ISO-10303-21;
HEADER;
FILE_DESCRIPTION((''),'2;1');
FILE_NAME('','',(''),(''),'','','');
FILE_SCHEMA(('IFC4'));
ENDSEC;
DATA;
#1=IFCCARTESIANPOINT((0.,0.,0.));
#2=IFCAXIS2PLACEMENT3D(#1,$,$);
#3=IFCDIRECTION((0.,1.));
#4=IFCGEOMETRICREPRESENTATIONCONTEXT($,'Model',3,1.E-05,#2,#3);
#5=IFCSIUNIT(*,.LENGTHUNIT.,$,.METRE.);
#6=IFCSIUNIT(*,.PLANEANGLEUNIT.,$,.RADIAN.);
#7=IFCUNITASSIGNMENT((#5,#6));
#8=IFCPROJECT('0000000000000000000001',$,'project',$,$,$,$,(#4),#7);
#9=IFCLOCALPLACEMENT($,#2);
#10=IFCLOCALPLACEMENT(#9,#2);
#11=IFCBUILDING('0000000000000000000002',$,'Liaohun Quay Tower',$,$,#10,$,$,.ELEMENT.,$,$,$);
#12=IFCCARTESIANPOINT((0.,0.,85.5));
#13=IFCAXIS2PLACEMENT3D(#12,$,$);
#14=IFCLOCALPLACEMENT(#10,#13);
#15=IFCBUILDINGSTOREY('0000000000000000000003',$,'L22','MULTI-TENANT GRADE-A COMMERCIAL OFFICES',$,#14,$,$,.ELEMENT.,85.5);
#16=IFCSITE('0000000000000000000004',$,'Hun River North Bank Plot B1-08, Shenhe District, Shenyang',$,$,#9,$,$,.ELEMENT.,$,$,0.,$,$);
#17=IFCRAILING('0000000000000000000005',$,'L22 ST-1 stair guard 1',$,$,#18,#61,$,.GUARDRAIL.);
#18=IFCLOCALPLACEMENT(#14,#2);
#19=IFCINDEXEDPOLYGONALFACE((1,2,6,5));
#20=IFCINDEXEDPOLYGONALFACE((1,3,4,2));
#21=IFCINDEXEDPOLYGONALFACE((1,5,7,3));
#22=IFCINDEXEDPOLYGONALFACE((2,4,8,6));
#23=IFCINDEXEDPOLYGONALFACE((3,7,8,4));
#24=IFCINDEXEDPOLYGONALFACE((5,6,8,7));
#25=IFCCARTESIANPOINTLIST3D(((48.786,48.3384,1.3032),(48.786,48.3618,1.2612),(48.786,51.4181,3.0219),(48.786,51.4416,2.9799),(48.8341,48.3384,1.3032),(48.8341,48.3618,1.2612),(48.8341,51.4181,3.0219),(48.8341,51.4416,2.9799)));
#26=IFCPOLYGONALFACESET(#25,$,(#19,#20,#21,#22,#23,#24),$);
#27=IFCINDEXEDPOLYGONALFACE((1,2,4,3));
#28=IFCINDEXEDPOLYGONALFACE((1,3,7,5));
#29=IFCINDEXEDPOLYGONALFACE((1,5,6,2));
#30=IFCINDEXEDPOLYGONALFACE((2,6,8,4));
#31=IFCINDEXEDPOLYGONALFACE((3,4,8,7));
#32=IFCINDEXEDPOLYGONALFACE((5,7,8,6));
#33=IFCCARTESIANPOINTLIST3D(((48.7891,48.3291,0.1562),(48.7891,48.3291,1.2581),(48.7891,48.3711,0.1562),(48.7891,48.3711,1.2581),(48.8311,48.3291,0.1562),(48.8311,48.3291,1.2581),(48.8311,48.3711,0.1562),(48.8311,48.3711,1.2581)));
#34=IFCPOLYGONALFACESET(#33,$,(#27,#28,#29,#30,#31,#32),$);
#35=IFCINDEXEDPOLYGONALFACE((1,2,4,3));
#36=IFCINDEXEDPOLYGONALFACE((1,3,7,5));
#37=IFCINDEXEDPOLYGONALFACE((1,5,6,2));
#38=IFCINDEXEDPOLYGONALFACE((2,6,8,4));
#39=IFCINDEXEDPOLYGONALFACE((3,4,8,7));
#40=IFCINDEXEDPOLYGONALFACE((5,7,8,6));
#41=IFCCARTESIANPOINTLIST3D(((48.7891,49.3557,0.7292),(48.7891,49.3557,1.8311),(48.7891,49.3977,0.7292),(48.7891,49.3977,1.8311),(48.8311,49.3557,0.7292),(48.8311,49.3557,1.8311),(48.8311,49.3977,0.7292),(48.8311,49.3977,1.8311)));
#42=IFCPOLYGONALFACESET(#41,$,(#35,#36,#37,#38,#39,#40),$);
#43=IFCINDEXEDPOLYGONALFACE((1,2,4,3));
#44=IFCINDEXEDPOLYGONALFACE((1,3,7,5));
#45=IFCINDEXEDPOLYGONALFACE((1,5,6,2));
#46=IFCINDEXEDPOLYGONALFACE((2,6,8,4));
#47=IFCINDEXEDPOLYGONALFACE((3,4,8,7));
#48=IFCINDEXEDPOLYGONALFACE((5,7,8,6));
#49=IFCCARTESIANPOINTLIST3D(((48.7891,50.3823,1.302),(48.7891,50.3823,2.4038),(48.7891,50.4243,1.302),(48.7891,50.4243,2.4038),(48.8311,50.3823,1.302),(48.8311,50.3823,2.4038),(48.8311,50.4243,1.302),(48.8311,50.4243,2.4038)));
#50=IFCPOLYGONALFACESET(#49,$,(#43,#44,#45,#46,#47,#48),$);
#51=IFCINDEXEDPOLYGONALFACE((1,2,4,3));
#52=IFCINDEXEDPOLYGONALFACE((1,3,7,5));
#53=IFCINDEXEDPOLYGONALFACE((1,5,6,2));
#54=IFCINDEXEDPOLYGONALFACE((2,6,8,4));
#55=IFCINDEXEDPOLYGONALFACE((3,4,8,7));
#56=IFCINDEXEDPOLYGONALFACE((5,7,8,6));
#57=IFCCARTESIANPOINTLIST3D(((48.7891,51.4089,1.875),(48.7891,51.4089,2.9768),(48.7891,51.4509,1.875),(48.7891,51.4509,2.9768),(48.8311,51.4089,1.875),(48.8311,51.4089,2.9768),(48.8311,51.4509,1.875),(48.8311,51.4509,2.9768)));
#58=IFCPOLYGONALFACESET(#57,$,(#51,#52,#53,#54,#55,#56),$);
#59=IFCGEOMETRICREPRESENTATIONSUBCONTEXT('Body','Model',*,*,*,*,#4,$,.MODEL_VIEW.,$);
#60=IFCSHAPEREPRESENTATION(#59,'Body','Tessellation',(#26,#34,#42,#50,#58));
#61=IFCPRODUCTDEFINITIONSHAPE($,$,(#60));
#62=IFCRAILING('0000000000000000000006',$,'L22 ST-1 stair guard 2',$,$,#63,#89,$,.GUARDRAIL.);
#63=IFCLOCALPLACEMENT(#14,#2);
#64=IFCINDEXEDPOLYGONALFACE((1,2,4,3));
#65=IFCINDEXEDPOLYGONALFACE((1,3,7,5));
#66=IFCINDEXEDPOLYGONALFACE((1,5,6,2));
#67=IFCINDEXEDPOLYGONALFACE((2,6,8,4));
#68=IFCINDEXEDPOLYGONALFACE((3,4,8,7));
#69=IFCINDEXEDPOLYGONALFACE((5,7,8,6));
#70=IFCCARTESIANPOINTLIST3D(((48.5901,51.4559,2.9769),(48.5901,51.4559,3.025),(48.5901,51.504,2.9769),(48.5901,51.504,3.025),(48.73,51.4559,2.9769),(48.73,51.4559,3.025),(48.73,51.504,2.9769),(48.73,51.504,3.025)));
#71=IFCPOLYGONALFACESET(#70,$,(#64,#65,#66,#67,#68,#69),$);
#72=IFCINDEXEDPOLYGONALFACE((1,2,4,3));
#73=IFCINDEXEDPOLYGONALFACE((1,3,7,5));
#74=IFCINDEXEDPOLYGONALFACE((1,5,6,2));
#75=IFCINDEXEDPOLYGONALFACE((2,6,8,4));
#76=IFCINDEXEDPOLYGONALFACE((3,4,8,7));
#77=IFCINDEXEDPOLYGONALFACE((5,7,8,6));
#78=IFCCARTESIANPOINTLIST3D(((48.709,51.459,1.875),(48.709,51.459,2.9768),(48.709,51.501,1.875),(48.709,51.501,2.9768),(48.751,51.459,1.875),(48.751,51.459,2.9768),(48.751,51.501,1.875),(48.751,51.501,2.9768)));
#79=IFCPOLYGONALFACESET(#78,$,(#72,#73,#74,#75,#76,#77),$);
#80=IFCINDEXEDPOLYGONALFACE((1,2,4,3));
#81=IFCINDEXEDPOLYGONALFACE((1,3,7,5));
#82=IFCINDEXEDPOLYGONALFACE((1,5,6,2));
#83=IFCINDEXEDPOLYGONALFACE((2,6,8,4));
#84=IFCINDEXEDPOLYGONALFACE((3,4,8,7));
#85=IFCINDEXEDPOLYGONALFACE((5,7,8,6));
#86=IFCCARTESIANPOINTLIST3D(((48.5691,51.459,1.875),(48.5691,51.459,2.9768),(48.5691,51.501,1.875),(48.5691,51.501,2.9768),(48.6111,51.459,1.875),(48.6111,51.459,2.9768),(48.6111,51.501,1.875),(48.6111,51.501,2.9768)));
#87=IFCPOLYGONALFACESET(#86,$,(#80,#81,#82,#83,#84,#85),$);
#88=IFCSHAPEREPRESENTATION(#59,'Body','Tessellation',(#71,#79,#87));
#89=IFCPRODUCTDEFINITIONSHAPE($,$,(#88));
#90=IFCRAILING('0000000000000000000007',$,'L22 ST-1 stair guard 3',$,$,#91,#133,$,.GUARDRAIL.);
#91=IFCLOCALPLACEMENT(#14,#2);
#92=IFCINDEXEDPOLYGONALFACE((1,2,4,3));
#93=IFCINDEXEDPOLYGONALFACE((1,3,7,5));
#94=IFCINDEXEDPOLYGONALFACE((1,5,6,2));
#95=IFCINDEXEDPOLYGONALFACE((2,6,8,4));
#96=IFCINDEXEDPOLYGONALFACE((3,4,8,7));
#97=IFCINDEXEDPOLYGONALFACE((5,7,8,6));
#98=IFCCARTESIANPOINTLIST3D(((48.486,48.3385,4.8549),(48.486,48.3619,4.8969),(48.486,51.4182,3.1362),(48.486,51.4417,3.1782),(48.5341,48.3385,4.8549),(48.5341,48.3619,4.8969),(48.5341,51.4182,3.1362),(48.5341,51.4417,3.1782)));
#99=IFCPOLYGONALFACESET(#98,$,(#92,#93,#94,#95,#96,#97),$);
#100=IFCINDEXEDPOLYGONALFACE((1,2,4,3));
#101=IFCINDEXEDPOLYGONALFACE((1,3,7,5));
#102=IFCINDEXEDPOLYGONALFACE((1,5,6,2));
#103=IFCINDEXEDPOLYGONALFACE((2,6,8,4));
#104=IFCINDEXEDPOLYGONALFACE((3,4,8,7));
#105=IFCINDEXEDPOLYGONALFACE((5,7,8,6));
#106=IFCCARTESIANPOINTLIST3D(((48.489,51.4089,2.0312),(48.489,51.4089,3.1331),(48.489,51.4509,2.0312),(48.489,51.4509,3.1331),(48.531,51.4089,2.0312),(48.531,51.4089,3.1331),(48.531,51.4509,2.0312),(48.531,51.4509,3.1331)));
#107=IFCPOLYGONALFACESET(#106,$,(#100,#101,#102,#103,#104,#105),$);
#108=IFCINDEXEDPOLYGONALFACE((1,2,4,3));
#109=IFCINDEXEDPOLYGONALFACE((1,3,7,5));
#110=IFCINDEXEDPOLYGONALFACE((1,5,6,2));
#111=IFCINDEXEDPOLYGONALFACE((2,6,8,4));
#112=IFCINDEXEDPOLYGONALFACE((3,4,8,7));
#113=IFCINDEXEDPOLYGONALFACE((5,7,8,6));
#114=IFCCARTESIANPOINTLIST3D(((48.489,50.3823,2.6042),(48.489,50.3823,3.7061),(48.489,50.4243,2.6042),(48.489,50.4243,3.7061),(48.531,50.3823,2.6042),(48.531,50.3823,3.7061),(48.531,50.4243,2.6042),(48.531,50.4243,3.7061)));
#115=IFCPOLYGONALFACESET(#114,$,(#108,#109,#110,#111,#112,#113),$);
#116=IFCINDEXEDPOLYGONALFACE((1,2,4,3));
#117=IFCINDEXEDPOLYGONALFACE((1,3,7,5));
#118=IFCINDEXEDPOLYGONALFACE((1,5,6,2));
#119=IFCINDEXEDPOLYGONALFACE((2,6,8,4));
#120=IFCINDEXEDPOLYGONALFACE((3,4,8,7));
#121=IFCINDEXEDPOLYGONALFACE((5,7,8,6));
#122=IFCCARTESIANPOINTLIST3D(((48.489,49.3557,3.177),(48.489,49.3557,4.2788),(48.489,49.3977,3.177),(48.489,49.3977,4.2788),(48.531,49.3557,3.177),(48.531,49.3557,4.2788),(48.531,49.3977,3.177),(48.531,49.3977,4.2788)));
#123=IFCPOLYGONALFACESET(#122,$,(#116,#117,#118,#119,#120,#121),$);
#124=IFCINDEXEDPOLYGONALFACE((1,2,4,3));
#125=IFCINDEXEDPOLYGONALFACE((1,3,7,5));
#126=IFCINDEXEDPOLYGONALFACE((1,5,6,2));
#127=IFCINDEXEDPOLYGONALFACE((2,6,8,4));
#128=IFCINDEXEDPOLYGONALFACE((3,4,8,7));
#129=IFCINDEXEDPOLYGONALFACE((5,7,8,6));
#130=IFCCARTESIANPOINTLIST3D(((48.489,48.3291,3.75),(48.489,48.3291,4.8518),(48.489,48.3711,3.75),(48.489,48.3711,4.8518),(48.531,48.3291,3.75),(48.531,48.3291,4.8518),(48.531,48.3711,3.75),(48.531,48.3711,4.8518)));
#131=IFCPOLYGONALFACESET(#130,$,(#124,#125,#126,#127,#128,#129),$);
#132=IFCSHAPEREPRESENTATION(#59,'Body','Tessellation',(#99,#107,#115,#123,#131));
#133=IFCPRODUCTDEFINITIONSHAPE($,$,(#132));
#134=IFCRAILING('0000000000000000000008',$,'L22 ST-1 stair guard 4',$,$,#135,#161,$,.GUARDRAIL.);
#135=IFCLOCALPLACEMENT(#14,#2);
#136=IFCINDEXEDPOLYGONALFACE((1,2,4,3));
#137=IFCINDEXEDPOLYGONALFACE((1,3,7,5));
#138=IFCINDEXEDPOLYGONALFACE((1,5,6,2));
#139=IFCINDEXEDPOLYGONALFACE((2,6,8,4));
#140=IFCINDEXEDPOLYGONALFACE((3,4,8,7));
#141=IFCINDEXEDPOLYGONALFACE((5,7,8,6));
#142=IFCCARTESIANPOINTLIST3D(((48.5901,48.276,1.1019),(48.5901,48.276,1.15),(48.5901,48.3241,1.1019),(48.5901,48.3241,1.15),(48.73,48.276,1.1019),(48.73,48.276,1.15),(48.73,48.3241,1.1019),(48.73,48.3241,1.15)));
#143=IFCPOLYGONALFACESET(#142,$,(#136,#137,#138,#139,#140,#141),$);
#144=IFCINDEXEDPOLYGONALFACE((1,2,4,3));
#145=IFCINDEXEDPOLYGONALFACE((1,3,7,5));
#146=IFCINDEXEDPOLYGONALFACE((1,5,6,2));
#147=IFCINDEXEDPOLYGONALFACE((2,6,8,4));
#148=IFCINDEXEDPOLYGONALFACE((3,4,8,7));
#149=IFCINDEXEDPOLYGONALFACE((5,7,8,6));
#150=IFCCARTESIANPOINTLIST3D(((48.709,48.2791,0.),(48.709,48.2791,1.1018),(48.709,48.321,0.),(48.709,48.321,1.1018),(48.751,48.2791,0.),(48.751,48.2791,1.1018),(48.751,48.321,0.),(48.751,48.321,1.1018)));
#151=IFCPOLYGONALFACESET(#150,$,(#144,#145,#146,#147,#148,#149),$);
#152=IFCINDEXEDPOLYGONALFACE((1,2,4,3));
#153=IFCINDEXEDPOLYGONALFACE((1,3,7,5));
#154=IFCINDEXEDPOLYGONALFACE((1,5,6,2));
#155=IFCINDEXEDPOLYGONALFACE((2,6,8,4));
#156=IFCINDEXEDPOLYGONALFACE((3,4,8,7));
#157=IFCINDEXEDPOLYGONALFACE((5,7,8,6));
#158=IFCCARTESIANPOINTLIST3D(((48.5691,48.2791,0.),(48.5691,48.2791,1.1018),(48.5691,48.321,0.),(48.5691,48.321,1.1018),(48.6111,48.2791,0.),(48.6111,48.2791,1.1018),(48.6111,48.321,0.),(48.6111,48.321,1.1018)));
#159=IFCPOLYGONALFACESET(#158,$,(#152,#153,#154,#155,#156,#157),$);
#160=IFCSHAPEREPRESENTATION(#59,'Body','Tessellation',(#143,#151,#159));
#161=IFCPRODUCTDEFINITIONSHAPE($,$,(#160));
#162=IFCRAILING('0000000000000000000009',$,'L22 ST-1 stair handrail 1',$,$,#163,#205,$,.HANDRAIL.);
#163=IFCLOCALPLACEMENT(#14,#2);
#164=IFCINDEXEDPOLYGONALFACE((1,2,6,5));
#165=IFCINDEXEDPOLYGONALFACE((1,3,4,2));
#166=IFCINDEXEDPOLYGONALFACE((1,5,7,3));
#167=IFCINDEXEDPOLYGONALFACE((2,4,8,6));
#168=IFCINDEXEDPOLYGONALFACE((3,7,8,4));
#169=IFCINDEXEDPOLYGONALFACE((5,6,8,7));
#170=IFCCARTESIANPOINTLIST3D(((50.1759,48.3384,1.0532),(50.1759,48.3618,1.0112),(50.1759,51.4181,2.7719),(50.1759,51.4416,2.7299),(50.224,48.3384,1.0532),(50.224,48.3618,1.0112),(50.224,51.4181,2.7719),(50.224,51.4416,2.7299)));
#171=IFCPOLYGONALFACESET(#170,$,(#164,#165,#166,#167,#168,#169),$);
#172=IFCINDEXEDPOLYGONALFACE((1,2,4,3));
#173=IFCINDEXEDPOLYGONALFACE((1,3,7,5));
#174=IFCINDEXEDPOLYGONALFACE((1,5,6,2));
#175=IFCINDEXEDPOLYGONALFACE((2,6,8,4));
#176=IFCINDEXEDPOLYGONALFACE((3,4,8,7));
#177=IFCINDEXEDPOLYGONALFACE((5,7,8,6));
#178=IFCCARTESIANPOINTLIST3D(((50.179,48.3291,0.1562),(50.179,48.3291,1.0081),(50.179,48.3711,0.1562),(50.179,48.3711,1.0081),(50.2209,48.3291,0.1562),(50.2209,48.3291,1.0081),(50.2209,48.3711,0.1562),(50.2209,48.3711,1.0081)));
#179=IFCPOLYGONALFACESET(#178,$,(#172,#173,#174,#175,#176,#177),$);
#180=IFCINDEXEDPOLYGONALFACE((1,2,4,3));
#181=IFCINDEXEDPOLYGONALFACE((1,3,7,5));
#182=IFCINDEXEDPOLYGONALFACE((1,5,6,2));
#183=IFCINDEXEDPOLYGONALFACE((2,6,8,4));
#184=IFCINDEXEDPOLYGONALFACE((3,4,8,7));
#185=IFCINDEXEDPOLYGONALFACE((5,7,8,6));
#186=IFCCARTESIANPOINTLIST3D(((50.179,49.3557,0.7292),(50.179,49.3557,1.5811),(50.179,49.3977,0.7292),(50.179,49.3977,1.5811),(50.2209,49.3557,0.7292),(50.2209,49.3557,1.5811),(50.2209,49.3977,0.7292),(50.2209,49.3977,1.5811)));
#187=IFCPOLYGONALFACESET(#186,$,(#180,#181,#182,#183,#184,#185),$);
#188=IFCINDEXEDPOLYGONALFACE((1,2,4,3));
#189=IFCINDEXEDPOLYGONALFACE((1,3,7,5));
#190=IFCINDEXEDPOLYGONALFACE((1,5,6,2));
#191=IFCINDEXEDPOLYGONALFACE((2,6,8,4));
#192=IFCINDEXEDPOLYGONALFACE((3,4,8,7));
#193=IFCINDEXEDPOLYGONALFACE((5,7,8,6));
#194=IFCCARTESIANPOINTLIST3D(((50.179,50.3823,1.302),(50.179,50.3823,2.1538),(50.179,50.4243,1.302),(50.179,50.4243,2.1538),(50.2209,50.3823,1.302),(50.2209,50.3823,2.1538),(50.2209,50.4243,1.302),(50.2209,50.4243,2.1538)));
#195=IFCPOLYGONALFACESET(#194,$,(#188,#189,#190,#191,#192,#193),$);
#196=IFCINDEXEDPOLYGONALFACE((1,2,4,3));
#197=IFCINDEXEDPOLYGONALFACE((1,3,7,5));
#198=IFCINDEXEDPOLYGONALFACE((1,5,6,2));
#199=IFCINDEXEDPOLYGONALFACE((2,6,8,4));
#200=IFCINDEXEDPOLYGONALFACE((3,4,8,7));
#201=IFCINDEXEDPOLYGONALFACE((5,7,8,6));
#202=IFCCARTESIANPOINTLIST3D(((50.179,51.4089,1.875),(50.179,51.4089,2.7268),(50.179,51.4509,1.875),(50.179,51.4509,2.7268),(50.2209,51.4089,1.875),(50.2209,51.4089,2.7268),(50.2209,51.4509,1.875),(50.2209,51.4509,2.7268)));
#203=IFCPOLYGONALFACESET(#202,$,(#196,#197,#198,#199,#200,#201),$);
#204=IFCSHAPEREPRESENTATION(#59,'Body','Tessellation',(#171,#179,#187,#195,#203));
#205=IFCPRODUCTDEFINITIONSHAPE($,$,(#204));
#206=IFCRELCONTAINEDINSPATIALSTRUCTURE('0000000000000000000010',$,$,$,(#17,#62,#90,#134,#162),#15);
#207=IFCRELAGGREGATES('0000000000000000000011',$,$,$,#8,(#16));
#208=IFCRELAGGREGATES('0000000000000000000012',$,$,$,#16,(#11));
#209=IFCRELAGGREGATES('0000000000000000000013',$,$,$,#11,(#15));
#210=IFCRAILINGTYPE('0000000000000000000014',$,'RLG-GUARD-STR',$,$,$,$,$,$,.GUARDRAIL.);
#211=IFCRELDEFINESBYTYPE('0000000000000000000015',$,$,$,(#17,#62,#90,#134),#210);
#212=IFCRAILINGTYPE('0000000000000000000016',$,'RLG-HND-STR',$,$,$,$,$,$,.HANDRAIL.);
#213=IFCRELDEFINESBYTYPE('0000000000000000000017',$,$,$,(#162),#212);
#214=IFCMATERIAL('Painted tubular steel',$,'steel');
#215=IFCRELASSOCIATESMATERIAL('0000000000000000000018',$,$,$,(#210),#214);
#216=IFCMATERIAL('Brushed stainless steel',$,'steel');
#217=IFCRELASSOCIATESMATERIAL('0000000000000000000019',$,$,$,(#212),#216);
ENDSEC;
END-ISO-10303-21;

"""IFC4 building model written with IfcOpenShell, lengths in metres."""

from ifc_helpers import new_model, si_unit, direction, frame, origin, origin_2d, place, context, subcontext, project, spatial, rectangle, extrude, material, type_object, element, save


model = new_model("IFC4")

# Units and contexts
model_context = context("Model", 3, precision=1e-05, world=origin(), true_north=direction((0.0, 1.0)))
body_context = subcontext(model_context, "Body", "Model", "MODEL_VIEW")
ifc_project = project(units=[si_unit("LENGTHUNIT", "METRE"), si_unit("PLANEANGLEUNIT", "RADIAN")], contexts=[model_context])

# Site, building, storey
site_placement = place(None, origin())
site = spatial("IfcSite", under=ifc_project, at=site_placement, Name="Hun River North Bank Plot B1-08, Shenhe District, Shenyang", CompositionType="ELEMENT", RefElevation=0.0)
building_placement = place(site_placement, origin())
building = spatial("IfcBuilding", under=site, at=building_placement, Name="Liaohun Quay Tower", CompositionType="ELEMENT")
storey_placement = place(building_placement, frame((0.0, 0.0, 85.5)))
storey = spatial("IfcBuildingStorey", under=building, at=storey_placement, Name="L22", Description="MULTI-TENANT GRADE-A COMMERCIAL OFFICES", CompositionType="ELEMENT", Elevation=85.5)

# Railings
ifc_material_1 = material(Name="Painted tubular steel", Category="steel")
railing_type_1 = type_object("IfcRailingType", Name="RLG-GUARD-STR", PredefinedType="GUARDRAIL", material=ifc_material_1)
railing_1_placement = place(storey_placement, frame((48.8101, 48.3501, 0.1562)))
element("IfcRailing", 1, at=railing_1_placement, inside=storey, type_object=railing_type_1, Name="L22 ST-1 stair guard 1", PredefinedType="GUARDRAIL", context=body_context, shape_type="SweptSolid", body=[
    extrude(rectangle(XDim=0.0481, YDim=0.0481, at=origin_2d()), frame((0.0, 0.0, 1.126), z_axis=(0.0, 0.873225, 0.487317), x_axis=(-1.0, 0.0, 0.0)), (0.0, 0.0, 1.0), 3.5269),
    extrude(rectangle(XDim=0.042, YDim=0.042, at=origin_2d()), origin(), (0.0, 0.0, 1.0), 1.1018),
    extrude(rectangle(XDim=0.042, YDim=0.042, at=origin_2d()), frame((0.0, 1.0266, 0.573)), (0.0, 0.0, 1.0), 1.1018),
    extrude(rectangle(XDim=0.042, YDim=0.042, at=origin_2d()), frame((0.0, 2.0532, 1.1458)), (0.0, 0.0, 1.0), 1.1018),
    extrude(rectangle(XDim=0.042, YDim=0.042, at=origin_2d()), frame((0.0, 3.0798, 1.7188)), (0.0, 0.0, 1.0), 1.1018),
])
railing_2_placement = place(storey_placement, frame((48.73, 51.48, 1.875)))
element("IfcRailing", 2, at=railing_2_placement, inside=storey, type_object=railing_type_1, Name="L22 ST-1 stair guard 2", PredefinedType="GUARDRAIL", context=body_context, shape_type="SweptSolid", body=[
    extrude(rectangle(XDim=0.0481, YDim=0.0481, at=origin_2d()), frame((0.0, 0.0, 1.126), z_axis=(-1.0, 0.0, 0.0), x_axis=(0.0, -1.0, 0.0)), (0.0, 0.0, 1.0), 0.1399),
    extrude(rectangle(XDim=0.042, YDim=0.042, at=origin_2d()), origin(), (0.0, 0.0, 1.0), 1.1018),
    extrude(rectangle(XDim=0.042, YDim=0.042, at=origin_2d()), frame((-0.1399, 0.0, 0.0)), (0.0, 0.0, 1.0), 1.1018),
])
railing_3_placement = place(storey_placement, frame((48.51, 51.4299, 2.0312)))
element("IfcRailing", 3, at=railing_3_placement, inside=storey, type_object=railing_type_1, Name="L22 ST-1 stair guard 3", PredefinedType="GUARDRAIL", context=body_context, shape_type="SweptSolid", body=[
    extrude(rectangle(XDim=0.0481, YDim=0.0481, at=origin_2d()), frame((0.0, 0.0, 1.126), z_axis=(0.0, -0.873225, 0.487317), x_axis=(1.0, 0.0, 0.0)), (0.0, 0.0, 1.0), 3.5269),
    extrude(rectangle(XDim=0.042, YDim=0.042, at=origin_2d()), origin(), (0.0, 0.0, 1.0), 1.1018),
    extrude(rectangle(XDim=0.042, YDim=0.042, at=origin_2d()), frame((0.0, -1.0266, 0.573)), (0.0, 0.0, 1.0), 1.1018),
    extrude(rectangle(XDim=0.042, YDim=0.042, at=origin_2d()), frame((0.0, -2.0532, 1.1458)), (0.0, 0.0, 1.0), 1.1018),
    extrude(rectangle(XDim=0.042, YDim=0.042, at=origin_2d()), frame((0.0, -3.0798, 1.7188)), (0.0, 0.0, 1.0), 1.1018),
])
railing_4_placement = place(storey_placement, frame((48.73, 48.3, 0.0)))
element("IfcRailing", 4, at=railing_4_placement, inside=storey, type_object=railing_type_1, Name="L22 ST-1 stair guard 4", PredefinedType="GUARDRAIL", context=body_context, shape_type="SweptSolid", body=[
    extrude(rectangle(XDim=0.0481, YDim=0.0481, at=origin_2d()), frame((0.0, 0.0, 1.126), z_axis=(-1.0, 0.0, 0.0), x_axis=(0.0, -1.0, 0.0)), (0.0, 0.0, 1.0), 0.1399),
    extrude(rectangle(XDim=0.042, YDim=0.042, at=origin_2d()), origin(), (0.0, 0.0, 1.0), 1.1018),
    extrude(rectangle(XDim=0.042, YDim=0.042, at=origin_2d()), frame((-0.1399, 0.0, 0.0)), (0.0, 0.0, 1.0), 1.1018),
])
ifc_material_2 = material(Name="Brushed stainless steel", Category="steel")
railing_type_2 = type_object("IfcRailingType", Name="RLG-HND-STR", PredefinedType="HANDRAIL", material=ifc_material_2)
railing_5_placement = place(storey_placement, frame((50.2, 48.3501, 0.1562)))
element("IfcRailing", 5, at=railing_5_placement, inside=storey, type_object=railing_type_2, Name="L22 ST-1 stair handrail 1", PredefinedType="HANDRAIL", context=body_context, shape_type="SweptSolid", body=[
    extrude(rectangle(XDim=0.0481, YDim=0.0481, at=origin_2d()), frame((0.0, 0.0, 0.876), z_axis=(0.0, 0.873225, 0.487317), x_axis=(-1.0, 0.0, 0.0)), (0.0, 0.0, 1.0), 3.5269),
    extrude(rectangle(XDim=0.042, YDim=0.042, at=origin_2d()), origin(), (0.0, 0.0, 1.0), 0.8518),
    extrude(rectangle(XDim=0.042, YDim=0.042, at=origin_2d()), frame((0.0, 1.0266, 0.573)), (0.0, 0.0, 1.0), 0.8518),
    extrude(rectangle(XDim=0.042, YDim=0.042, at=origin_2d()), frame((0.0, 2.0532, 1.1458)), (0.0, 0.0, 1.0), 0.8518),
    extrude(rectangle(XDim=0.042, YDim=0.042, at=origin_2d()), frame((0.0, 3.0798, 1.7188)), (0.0, 0.0, 1.0), 0.8518),
])

save(model, "model.ifc")
